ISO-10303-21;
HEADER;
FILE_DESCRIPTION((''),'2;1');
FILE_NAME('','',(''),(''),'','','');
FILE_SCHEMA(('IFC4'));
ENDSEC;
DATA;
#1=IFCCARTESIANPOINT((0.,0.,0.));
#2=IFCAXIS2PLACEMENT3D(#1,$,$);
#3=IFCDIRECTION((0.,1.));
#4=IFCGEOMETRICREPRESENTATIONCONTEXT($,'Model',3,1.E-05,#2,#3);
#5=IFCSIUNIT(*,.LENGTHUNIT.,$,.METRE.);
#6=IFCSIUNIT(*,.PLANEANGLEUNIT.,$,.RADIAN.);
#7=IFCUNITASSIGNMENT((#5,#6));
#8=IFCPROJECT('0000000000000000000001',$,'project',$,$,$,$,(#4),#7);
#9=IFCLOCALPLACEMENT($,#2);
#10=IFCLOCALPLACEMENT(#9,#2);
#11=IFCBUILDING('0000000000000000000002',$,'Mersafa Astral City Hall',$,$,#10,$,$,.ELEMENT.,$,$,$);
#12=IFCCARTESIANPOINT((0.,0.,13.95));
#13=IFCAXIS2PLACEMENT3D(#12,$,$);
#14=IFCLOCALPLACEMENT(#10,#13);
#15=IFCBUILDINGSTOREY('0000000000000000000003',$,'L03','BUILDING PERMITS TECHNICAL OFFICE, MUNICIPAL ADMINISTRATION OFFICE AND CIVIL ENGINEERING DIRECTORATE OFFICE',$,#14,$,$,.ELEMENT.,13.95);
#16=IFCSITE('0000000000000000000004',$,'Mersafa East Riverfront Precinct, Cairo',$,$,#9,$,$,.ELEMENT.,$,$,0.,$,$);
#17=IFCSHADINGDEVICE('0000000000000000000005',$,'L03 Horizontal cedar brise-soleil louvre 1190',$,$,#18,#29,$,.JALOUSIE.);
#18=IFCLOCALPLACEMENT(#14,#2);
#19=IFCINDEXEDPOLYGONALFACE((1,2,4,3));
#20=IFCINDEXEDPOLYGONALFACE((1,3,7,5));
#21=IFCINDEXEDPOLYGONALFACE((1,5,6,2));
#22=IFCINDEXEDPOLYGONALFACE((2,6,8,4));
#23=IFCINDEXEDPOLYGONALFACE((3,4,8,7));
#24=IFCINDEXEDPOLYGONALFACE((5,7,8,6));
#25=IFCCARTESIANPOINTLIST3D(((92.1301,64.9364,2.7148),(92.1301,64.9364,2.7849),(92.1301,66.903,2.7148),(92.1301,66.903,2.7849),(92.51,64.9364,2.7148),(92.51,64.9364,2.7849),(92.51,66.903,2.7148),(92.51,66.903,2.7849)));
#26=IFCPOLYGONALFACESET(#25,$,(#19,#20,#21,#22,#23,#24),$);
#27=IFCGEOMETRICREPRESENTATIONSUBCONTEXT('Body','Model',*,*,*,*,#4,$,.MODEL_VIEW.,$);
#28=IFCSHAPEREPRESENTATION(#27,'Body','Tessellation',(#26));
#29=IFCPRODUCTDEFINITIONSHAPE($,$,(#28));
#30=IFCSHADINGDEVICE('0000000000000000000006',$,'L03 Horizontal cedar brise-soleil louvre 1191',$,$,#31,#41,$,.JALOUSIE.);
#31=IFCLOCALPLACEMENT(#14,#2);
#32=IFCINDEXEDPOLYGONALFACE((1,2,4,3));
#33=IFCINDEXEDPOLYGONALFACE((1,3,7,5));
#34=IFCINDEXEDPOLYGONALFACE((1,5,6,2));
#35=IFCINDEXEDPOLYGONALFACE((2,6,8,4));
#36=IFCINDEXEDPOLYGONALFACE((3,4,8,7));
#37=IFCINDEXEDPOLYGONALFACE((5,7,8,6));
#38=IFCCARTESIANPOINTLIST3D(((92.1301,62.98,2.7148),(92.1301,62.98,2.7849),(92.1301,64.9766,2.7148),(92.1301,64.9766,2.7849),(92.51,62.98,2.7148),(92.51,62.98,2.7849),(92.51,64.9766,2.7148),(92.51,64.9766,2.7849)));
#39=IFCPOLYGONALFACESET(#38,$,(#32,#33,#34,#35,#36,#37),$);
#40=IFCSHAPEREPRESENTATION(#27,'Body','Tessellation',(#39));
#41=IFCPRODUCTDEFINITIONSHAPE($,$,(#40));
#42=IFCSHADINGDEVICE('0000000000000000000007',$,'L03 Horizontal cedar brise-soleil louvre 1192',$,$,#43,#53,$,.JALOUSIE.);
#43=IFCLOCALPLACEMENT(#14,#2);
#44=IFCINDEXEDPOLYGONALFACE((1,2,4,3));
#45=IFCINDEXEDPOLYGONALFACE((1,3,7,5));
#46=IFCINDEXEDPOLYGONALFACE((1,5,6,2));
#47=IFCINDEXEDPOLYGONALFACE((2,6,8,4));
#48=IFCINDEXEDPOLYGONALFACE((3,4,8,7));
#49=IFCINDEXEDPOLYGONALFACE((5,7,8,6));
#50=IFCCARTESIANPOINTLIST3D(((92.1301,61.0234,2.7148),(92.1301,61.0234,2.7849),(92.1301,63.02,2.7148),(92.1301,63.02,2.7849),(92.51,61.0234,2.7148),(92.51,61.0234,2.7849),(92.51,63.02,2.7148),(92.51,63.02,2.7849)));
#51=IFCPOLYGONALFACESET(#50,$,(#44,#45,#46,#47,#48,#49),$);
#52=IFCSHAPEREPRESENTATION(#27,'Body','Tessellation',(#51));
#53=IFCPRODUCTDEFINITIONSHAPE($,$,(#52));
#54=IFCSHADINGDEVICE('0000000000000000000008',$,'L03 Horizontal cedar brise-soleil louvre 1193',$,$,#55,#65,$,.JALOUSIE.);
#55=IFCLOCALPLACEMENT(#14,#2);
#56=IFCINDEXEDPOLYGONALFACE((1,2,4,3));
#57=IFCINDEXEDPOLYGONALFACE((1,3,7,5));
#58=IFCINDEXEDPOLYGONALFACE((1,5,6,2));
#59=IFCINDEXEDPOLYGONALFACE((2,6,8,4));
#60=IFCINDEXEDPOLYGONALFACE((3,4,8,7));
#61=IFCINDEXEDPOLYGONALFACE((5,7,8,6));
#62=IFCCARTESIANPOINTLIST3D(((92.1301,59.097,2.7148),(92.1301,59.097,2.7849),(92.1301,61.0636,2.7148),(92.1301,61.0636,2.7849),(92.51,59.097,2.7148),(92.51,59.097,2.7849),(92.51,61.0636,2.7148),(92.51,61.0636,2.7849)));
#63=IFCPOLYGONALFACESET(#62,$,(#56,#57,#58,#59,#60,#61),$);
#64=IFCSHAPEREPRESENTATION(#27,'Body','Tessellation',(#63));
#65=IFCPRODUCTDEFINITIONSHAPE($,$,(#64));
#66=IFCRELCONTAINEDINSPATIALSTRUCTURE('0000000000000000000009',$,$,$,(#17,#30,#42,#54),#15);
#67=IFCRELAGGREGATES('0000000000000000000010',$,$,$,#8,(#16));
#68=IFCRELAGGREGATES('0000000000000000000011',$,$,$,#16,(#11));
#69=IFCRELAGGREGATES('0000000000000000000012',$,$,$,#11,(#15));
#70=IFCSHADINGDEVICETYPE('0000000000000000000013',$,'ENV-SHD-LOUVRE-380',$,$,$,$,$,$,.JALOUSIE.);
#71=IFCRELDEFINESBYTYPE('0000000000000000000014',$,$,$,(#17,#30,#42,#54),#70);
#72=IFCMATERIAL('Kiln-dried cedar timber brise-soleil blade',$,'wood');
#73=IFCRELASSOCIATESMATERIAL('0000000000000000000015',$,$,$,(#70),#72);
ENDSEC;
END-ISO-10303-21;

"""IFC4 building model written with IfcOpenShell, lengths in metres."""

from ifc_helpers import new_model, si_unit, direction, frame, origin, origin_2d, place, context, subcontext, project, spatial, rectangle, extrude, material, type_object, element, save


model = new_model("IFC4")

# Units and contexts
model_context = context("Model", 3, precision=1e-05, world=origin(), true_north=direction((0.0, 1.0)))
body_context = subcontext(model_context, "Body", "Model", "MODEL_VIEW")
ifc_project = project(units=[si_unit("LENGTHUNIT", "METRE"), si_unit("PLANEANGLEUNIT", "RADIAN")], contexts=[model_context])

# Site, building, storey
site_placement = place(None, origin())
site = spatial("IfcSite", under=ifc_project, at=site_placement, Name="Mersafa East Riverfront Precinct, Cairo", CompositionType="ELEMENT", RefElevation=0.0)
building_placement = place(site_placement, origin())
building = spatial("IfcBuilding", under=site, at=building_placement, Name="Mersafa Astral City Hall", CompositionType="ELEMENT")
storey_placement = place(building_placement, frame((0.0, 0.0, 13.95)))
storey = spatial("IfcBuildingStorey", under=building, at=storey_placement, Name="L03", Description="BUILDING PERMITS TECHNICAL OFFICE, MUNICIPAL ADMINISTRATION OFFICE AND CIVIL ENGINEERING DIRECTORATE OFFICE", CompositionType="ELEMENT", Elevation=13.95)

# Shading devices
ifc_material_1 = material(Name="Kiln-dried cedar timber brise-soleil blade", Category="wood")
shading_device_type_1 = type_object("IfcShadingDeviceType", Name="ENV-SHD-LOUVRE-380", PredefinedType="JALOUSIE", material=ifc_material_1)
for number, where, z_axis, x_axis, name in (
    (1, (92.3201, 65.9197, 2.7148), (0.0, 0.0, 1.0), (0.0, -1.0, 0.0), "L03 Horizontal cedar brise-soleil louvre 1190"),
):
    element("IfcShadingDevice", number, at=place(storey_placement, frame(where, z_axis=z_axis, x_axis=x_axis)), inside=storey, type_object=shading_device_type_1, Name=name, PredefinedType="JALOUSIE", context=body_context, shape_type="SweptSolid", body=[
        extrude(rectangle(XDim=1.9666, YDim=0.3799, at=origin_2d()), origin(), (0.0, 0.0, 1.0), 0.0701),
    ])
for number, where, z_axis, x_axis, name in (
    (2, (92.3201, 63.9783, 2.7148), (0.0, 0.0, 1.0), (0.0, -1.0, 0.0), "L03 Horizontal cedar brise-soleil louvre 1191"),
    (3, (92.3201, 62.0217, 2.7148), (0.0, 0.0, 1.0), (0.0, -1.0, 0.0), "L03 Horizontal cedar brise-soleil louvre 1192"),
):
    element("IfcShadingDevice", number, at=place(storey_placement, frame(where, z_axis=z_axis, x_axis=x_axis)), inside=storey, type_object=shading_device_type_1, Name=name, PredefinedType="JALOUSIE", context=body_context, shape_type="SweptSolid", body=[
        extrude(rectangle(XDim=1.9966, YDim=0.3799, at=origin_2d()), origin(), (0.0, 0.0, 1.0), 0.0701),
    ])
shading_device_1_placement = place(storey_placement, frame((92.3201, 60.0803, 2.7148), z_axis=(0.0, 0.0, 1.0), x_axis=(0.0, -1.0, 0.0)))
element("IfcShadingDevice", 4, at=shading_device_1_placement, inside=storey, type_object=shading_device_type_1, Name="L03 Horizontal cedar brise-soleil louvre 1193", PredefinedType="JALOUSIE", context=body_context, shape_type="SweptSolid", body=[
    extrude(rectangle(XDim=1.9666, YDim=0.3799, at=origin_2d()), origin(), (0.0, 0.0, 1.0), 0.0701),
])

save(model, "model.ifc")
